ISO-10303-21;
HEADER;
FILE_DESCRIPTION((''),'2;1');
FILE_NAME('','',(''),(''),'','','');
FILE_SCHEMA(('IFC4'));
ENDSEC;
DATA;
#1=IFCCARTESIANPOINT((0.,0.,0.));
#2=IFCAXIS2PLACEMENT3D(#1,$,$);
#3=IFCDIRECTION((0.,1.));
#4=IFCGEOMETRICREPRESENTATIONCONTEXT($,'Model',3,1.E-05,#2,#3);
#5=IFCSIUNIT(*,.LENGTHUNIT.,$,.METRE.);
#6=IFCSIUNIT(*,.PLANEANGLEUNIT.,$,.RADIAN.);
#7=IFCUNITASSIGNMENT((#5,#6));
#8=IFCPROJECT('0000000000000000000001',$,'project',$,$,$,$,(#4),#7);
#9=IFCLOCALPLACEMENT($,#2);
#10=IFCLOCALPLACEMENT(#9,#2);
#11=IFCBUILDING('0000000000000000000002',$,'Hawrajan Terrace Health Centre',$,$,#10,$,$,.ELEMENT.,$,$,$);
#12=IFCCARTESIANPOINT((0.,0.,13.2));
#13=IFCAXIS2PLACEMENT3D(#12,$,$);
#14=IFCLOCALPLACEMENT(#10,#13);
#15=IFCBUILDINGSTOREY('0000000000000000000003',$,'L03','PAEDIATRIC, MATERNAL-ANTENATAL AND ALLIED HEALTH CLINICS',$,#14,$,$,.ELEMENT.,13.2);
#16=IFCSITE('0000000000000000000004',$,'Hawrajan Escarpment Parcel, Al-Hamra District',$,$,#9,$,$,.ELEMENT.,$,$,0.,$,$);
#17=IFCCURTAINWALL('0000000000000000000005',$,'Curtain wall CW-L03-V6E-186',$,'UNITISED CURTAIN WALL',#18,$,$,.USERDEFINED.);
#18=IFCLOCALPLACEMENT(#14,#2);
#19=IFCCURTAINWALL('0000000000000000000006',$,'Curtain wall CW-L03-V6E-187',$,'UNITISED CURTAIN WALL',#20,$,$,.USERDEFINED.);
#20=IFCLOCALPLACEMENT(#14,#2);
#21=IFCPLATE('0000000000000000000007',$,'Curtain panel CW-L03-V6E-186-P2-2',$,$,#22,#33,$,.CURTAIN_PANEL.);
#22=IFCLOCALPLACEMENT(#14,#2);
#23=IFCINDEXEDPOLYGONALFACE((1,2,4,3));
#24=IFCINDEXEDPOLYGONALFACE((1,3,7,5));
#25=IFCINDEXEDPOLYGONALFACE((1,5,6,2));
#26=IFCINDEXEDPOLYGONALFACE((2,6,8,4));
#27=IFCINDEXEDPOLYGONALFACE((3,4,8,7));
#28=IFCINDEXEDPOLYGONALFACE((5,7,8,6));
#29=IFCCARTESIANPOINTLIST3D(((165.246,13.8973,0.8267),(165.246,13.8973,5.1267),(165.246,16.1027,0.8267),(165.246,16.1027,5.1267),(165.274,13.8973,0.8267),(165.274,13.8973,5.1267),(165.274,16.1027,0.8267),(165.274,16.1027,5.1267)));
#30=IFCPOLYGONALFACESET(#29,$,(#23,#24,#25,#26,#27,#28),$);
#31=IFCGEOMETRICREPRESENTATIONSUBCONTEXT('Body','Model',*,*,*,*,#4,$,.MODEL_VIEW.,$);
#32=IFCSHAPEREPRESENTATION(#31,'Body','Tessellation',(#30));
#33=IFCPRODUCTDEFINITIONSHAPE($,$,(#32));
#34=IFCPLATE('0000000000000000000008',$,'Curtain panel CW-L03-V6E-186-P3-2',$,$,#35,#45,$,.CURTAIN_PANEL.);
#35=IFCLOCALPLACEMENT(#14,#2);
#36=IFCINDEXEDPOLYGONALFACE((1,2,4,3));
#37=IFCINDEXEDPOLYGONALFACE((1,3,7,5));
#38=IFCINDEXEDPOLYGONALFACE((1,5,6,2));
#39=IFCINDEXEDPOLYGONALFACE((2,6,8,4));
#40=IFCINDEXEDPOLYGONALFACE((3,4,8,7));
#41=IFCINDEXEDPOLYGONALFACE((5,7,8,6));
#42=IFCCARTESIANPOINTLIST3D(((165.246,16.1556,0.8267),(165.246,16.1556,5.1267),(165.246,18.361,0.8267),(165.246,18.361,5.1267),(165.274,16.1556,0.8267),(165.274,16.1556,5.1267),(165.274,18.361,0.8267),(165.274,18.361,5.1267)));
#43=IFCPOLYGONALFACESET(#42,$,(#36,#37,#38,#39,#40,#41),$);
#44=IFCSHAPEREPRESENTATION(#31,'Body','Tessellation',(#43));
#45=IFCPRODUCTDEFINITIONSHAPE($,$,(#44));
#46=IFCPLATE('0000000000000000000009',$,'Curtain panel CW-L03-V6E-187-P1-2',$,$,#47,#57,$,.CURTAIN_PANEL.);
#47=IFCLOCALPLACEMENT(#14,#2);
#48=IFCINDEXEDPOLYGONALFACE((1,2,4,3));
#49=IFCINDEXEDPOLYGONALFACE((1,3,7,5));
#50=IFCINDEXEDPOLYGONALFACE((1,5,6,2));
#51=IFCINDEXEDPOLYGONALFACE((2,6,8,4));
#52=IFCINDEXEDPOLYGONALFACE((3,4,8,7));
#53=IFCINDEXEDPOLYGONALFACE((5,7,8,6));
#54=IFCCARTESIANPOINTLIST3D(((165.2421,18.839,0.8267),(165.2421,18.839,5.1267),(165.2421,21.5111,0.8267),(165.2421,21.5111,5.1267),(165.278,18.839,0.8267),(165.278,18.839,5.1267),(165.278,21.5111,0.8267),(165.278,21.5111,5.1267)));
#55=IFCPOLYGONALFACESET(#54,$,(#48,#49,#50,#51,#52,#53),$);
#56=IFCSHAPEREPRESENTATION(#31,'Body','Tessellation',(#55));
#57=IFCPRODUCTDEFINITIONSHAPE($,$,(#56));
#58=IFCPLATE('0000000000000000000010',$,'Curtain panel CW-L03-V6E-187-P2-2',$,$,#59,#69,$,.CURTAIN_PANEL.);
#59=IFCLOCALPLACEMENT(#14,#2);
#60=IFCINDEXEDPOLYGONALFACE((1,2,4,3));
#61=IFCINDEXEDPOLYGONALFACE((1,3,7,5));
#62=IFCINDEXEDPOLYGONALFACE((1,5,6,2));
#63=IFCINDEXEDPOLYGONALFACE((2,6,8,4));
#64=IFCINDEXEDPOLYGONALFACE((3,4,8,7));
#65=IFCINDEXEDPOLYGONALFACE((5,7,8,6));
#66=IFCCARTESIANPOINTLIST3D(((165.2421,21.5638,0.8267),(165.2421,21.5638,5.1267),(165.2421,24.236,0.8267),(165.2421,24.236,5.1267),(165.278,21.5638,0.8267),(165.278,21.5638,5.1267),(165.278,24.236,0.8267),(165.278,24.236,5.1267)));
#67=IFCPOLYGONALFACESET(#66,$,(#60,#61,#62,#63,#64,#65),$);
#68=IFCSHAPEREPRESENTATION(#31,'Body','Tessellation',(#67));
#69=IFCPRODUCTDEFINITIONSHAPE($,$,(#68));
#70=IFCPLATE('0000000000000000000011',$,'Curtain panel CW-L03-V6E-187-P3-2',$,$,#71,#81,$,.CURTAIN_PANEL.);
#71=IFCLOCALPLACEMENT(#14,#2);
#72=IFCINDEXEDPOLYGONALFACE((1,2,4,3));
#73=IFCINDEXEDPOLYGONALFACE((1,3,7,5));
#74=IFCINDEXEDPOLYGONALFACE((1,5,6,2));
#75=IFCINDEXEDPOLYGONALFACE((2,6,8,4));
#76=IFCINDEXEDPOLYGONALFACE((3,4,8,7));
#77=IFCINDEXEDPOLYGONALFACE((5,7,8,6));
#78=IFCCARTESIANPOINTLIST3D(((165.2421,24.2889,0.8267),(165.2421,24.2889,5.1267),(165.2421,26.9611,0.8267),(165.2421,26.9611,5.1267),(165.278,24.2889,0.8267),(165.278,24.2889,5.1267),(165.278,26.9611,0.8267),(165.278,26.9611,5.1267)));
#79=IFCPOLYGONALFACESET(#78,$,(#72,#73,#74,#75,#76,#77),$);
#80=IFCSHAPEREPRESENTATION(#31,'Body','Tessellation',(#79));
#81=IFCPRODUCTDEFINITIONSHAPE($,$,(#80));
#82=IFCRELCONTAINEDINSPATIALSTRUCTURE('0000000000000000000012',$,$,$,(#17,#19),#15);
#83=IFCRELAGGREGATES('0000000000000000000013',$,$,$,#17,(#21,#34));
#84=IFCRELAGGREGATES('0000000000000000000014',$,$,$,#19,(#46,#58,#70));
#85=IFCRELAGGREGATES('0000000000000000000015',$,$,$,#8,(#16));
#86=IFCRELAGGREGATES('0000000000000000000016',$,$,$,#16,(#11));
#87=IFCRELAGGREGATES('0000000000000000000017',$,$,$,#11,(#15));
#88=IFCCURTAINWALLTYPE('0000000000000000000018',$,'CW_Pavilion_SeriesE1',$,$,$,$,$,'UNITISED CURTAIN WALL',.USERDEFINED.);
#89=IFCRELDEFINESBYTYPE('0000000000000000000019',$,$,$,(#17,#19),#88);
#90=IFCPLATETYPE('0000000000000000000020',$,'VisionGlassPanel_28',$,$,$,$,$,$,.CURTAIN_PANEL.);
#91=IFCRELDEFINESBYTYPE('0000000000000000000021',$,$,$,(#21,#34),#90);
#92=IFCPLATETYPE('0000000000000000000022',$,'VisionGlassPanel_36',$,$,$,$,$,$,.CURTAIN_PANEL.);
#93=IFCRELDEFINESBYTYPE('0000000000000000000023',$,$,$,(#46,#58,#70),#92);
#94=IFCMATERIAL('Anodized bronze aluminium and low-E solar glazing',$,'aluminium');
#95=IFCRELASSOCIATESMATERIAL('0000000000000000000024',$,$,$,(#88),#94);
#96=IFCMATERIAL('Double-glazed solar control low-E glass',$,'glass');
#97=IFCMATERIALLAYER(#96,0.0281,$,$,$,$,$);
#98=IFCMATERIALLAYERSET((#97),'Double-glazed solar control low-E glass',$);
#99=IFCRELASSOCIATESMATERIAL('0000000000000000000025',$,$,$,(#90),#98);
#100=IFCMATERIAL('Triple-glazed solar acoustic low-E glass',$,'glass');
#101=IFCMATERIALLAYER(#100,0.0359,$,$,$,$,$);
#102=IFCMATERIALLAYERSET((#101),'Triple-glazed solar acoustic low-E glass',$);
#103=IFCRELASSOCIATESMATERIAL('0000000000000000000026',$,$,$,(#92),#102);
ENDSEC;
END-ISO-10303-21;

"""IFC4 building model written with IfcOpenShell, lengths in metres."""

from ifc_helpers import new_model, si_unit, direction, frame, origin, origin_2d, place, context, subcontext, project, spatial, rectangle, extrude, material, layer, layer_set, type_object, element, aggregate, save


model = new_model("IFC4")

# Units and contexts
model_context = context("Model", 3, precision=1e-05, world=origin(), true_north=direction((0.0, 1.0)))
body_context = subcontext(model_context, "Body", "Model", "MODEL_VIEW")
ifc_project = project(units=[si_unit("LENGTHUNIT", "METRE"), si_unit("PLANEANGLEUNIT", "RADIAN")], contexts=[model_context])

# Site, building, storey
site_placement = place(None, origin())
site = spatial("IfcSite", under=ifc_project, at=site_placement, Name="Hawrajan Escarpment Parcel, Al-Hamra District", CompositionType="ELEMENT", RefElevation=0.0)
building_placement = place(site_placement, origin())
building = spatial("IfcBuilding", under=site, at=building_placement, Name="Hawrajan Terrace Health Centre", CompositionType="ELEMENT")
storey_placement = place(building_placement, frame((0.0, 0.0, 13.2)))
storey = spatial("IfcBuildingStorey", under=building, at=storey_placement, Name="L03", Description="PAEDIATRIC, MATERNAL-ANTENATAL AND ALLIED HEALTH CLINICS", CompositionType="ELEMENT", Elevation=13.2)

# Curtain walls
ifc_material_1 = material(Name="Anodized bronze aluminium and low-E solar glazing", Category="aluminium")
curtain_wall_type = type_object("IfcCurtainWallType", Name="CW_Pavilion_SeriesE1", ElementType="UNITISED CURTAIN WALL", PredefinedType="USERDEFINED", material=ifc_material_1)
curtain_wall_1_placement = place(storey_placement, origin())
curtain_wall_1 = element("IfcCurtainWall", 1, at=curtain_wall_1_placement, inside=storey, type_object=curtain_wall_type, Name="Curtain wall CW-L03-V6E-186", ObjectType="UNITISED CURTAIN WALL", PredefinedType="USERDEFINED")
curtain_wall_2_placement = place(storey_placement, origin())
curtain_wall_2 = element("IfcCurtainWall", 2, at=curtain_wall_2_placement, inside=storey, type_object=curtain_wall_type, Name="Curtain wall CW-L03-V6E-187", ObjectType="UNITISED CURTAIN WALL", PredefinedType="USERDEFINED")

# Plates
ifc_material_2 = material(Name="Double-glazed solar control low-E glass", Category="glass")
ifc_layer_1 = layer(ifc_material_2, 0.0281)
ifc_layer_set_1 = layer_set([ifc_layer_1], Name="Double-glazed solar control low-E glass")
plate_type_1 = type_object("IfcPlateType", Name="VisionGlassPanel_28", PredefinedType="CURTAIN_PANEL", material=ifc_layer_set_1)
plate_1_placement = place(storey_placement, frame((165.26, 15.0, 0.8267), z_axis=(0.0, 0.0, 1.0), x_axis=(0.0, 1.0, 0.0)))
plate_1 = element("IfcPlate", 3, at=plate_1_placement, type_object=plate_type_1, Name="Curtain panel CW-L03-V6E-186-P2-2", PredefinedType="CURTAIN_PANEL", context=body_context, shape_type="SweptSolid", body=[
    extrude(rectangle(XDim=2.2053, YDim=0.0281, at=origin_2d()), origin(), (0.0, 0.0, 1.0), 4.3),
])
plate_2_placement = place(storey_placement, frame((165.26, 17.2583, 0.8267), z_axis=(0.0, 0.0, 1.0), x_axis=(0.0, 1.0, 0.0)))
plate_2 = element("IfcPlate", 4, at=plate_2_placement, type_object=plate_type_1, Name="Curtain panel CW-L03-V6E-186-P3-2", PredefinedType="CURTAIN_PANEL", context=body_context, shape_type="SweptSolid", body=[
    extrude(rectangle(XDim=2.2053, YDim=0.0281, at=origin_2d()), origin(), (0.0, 0.0, 1.0), 4.3),
])
aggregate(curtain_wall_1, [plate_1, plate_2])
ifc_material_3 = material(Name="Triple-glazed solar acoustic low-E glass", Category="glass")
ifc_layer_2 = layer(ifc_material_3, 0.0359)
ifc_layer_set_2 = layer_set([ifc_layer_2], Name="Triple-glazed solar acoustic low-E glass")
plate_type_2 = type_object("IfcPlateType", Name="VisionGlassPanel_36", PredefinedType="CURTAIN_PANEL", material=ifc_layer_set_2)
plate_3_placement = place(storey_placement, frame((165.26, 20.175, 0.8267), z_axis=(0.0, 0.0, 1.0), x_axis=(0.0, 1.0, 0.0)))
plate_3 = element("IfcPlate", 5, at=plate_3_placement, type_object=plate_type_2, Name="Curtain panel CW-L03-V6E-187-P1-2", PredefinedType="CURTAIN_PANEL", context=body_context, shape_type="SweptSolid", body=[
    extrude(rectangle(XDim=2.6721, YDim=0.0359, at=origin_2d()), origin(), (0.0, 0.0, 1.0), 4.3),
])
plate_4_placement = place(storey_placement, frame((165.26, 22.8999, 0.8267), z_axis=(0.0, 0.0, 1.0), x_axis=(0.0, 1.0, 0.0)))
plate_4 = element("IfcPlate", 6, at=plate_4_placement, type_object=plate_type_2, Name="Curtain panel CW-L03-V6E-187-P2-2", PredefinedType="CURTAIN_PANEL", context=body_context, shape_type="SweptSolid", body=[
    extrude(rectangle(XDim=2.6721, YDim=0.0359, at=origin_2d()), origin(), (0.0, 0.0, 1.0), 4.3),
])
plate_5_placement = place(storey_placement, frame((165.26, 25.625, 0.8267), z_axis=(0.0, 0.0, 1.0), x_axis=(0.0, 1.0, 0.0)))
plate_5 = element("IfcPlate", 7, at=plate_5_placement, type_object=plate_type_2, Name="Curtain panel CW-L03-V6E-187-P3-2", PredefinedType="CURTAIN_PANEL", context=body_context, shape_type="SweptSolid", body=[
    extrude(rectangle(XDim=2.6721, YDim=0.0359, at=origin_2d()), origin(), (0.0, 0.0, 1.0), 4.3),
])
aggregate(curtain_wall_2, [plate_3, plate_4, plate_5])

save(model, "model.ifc")
